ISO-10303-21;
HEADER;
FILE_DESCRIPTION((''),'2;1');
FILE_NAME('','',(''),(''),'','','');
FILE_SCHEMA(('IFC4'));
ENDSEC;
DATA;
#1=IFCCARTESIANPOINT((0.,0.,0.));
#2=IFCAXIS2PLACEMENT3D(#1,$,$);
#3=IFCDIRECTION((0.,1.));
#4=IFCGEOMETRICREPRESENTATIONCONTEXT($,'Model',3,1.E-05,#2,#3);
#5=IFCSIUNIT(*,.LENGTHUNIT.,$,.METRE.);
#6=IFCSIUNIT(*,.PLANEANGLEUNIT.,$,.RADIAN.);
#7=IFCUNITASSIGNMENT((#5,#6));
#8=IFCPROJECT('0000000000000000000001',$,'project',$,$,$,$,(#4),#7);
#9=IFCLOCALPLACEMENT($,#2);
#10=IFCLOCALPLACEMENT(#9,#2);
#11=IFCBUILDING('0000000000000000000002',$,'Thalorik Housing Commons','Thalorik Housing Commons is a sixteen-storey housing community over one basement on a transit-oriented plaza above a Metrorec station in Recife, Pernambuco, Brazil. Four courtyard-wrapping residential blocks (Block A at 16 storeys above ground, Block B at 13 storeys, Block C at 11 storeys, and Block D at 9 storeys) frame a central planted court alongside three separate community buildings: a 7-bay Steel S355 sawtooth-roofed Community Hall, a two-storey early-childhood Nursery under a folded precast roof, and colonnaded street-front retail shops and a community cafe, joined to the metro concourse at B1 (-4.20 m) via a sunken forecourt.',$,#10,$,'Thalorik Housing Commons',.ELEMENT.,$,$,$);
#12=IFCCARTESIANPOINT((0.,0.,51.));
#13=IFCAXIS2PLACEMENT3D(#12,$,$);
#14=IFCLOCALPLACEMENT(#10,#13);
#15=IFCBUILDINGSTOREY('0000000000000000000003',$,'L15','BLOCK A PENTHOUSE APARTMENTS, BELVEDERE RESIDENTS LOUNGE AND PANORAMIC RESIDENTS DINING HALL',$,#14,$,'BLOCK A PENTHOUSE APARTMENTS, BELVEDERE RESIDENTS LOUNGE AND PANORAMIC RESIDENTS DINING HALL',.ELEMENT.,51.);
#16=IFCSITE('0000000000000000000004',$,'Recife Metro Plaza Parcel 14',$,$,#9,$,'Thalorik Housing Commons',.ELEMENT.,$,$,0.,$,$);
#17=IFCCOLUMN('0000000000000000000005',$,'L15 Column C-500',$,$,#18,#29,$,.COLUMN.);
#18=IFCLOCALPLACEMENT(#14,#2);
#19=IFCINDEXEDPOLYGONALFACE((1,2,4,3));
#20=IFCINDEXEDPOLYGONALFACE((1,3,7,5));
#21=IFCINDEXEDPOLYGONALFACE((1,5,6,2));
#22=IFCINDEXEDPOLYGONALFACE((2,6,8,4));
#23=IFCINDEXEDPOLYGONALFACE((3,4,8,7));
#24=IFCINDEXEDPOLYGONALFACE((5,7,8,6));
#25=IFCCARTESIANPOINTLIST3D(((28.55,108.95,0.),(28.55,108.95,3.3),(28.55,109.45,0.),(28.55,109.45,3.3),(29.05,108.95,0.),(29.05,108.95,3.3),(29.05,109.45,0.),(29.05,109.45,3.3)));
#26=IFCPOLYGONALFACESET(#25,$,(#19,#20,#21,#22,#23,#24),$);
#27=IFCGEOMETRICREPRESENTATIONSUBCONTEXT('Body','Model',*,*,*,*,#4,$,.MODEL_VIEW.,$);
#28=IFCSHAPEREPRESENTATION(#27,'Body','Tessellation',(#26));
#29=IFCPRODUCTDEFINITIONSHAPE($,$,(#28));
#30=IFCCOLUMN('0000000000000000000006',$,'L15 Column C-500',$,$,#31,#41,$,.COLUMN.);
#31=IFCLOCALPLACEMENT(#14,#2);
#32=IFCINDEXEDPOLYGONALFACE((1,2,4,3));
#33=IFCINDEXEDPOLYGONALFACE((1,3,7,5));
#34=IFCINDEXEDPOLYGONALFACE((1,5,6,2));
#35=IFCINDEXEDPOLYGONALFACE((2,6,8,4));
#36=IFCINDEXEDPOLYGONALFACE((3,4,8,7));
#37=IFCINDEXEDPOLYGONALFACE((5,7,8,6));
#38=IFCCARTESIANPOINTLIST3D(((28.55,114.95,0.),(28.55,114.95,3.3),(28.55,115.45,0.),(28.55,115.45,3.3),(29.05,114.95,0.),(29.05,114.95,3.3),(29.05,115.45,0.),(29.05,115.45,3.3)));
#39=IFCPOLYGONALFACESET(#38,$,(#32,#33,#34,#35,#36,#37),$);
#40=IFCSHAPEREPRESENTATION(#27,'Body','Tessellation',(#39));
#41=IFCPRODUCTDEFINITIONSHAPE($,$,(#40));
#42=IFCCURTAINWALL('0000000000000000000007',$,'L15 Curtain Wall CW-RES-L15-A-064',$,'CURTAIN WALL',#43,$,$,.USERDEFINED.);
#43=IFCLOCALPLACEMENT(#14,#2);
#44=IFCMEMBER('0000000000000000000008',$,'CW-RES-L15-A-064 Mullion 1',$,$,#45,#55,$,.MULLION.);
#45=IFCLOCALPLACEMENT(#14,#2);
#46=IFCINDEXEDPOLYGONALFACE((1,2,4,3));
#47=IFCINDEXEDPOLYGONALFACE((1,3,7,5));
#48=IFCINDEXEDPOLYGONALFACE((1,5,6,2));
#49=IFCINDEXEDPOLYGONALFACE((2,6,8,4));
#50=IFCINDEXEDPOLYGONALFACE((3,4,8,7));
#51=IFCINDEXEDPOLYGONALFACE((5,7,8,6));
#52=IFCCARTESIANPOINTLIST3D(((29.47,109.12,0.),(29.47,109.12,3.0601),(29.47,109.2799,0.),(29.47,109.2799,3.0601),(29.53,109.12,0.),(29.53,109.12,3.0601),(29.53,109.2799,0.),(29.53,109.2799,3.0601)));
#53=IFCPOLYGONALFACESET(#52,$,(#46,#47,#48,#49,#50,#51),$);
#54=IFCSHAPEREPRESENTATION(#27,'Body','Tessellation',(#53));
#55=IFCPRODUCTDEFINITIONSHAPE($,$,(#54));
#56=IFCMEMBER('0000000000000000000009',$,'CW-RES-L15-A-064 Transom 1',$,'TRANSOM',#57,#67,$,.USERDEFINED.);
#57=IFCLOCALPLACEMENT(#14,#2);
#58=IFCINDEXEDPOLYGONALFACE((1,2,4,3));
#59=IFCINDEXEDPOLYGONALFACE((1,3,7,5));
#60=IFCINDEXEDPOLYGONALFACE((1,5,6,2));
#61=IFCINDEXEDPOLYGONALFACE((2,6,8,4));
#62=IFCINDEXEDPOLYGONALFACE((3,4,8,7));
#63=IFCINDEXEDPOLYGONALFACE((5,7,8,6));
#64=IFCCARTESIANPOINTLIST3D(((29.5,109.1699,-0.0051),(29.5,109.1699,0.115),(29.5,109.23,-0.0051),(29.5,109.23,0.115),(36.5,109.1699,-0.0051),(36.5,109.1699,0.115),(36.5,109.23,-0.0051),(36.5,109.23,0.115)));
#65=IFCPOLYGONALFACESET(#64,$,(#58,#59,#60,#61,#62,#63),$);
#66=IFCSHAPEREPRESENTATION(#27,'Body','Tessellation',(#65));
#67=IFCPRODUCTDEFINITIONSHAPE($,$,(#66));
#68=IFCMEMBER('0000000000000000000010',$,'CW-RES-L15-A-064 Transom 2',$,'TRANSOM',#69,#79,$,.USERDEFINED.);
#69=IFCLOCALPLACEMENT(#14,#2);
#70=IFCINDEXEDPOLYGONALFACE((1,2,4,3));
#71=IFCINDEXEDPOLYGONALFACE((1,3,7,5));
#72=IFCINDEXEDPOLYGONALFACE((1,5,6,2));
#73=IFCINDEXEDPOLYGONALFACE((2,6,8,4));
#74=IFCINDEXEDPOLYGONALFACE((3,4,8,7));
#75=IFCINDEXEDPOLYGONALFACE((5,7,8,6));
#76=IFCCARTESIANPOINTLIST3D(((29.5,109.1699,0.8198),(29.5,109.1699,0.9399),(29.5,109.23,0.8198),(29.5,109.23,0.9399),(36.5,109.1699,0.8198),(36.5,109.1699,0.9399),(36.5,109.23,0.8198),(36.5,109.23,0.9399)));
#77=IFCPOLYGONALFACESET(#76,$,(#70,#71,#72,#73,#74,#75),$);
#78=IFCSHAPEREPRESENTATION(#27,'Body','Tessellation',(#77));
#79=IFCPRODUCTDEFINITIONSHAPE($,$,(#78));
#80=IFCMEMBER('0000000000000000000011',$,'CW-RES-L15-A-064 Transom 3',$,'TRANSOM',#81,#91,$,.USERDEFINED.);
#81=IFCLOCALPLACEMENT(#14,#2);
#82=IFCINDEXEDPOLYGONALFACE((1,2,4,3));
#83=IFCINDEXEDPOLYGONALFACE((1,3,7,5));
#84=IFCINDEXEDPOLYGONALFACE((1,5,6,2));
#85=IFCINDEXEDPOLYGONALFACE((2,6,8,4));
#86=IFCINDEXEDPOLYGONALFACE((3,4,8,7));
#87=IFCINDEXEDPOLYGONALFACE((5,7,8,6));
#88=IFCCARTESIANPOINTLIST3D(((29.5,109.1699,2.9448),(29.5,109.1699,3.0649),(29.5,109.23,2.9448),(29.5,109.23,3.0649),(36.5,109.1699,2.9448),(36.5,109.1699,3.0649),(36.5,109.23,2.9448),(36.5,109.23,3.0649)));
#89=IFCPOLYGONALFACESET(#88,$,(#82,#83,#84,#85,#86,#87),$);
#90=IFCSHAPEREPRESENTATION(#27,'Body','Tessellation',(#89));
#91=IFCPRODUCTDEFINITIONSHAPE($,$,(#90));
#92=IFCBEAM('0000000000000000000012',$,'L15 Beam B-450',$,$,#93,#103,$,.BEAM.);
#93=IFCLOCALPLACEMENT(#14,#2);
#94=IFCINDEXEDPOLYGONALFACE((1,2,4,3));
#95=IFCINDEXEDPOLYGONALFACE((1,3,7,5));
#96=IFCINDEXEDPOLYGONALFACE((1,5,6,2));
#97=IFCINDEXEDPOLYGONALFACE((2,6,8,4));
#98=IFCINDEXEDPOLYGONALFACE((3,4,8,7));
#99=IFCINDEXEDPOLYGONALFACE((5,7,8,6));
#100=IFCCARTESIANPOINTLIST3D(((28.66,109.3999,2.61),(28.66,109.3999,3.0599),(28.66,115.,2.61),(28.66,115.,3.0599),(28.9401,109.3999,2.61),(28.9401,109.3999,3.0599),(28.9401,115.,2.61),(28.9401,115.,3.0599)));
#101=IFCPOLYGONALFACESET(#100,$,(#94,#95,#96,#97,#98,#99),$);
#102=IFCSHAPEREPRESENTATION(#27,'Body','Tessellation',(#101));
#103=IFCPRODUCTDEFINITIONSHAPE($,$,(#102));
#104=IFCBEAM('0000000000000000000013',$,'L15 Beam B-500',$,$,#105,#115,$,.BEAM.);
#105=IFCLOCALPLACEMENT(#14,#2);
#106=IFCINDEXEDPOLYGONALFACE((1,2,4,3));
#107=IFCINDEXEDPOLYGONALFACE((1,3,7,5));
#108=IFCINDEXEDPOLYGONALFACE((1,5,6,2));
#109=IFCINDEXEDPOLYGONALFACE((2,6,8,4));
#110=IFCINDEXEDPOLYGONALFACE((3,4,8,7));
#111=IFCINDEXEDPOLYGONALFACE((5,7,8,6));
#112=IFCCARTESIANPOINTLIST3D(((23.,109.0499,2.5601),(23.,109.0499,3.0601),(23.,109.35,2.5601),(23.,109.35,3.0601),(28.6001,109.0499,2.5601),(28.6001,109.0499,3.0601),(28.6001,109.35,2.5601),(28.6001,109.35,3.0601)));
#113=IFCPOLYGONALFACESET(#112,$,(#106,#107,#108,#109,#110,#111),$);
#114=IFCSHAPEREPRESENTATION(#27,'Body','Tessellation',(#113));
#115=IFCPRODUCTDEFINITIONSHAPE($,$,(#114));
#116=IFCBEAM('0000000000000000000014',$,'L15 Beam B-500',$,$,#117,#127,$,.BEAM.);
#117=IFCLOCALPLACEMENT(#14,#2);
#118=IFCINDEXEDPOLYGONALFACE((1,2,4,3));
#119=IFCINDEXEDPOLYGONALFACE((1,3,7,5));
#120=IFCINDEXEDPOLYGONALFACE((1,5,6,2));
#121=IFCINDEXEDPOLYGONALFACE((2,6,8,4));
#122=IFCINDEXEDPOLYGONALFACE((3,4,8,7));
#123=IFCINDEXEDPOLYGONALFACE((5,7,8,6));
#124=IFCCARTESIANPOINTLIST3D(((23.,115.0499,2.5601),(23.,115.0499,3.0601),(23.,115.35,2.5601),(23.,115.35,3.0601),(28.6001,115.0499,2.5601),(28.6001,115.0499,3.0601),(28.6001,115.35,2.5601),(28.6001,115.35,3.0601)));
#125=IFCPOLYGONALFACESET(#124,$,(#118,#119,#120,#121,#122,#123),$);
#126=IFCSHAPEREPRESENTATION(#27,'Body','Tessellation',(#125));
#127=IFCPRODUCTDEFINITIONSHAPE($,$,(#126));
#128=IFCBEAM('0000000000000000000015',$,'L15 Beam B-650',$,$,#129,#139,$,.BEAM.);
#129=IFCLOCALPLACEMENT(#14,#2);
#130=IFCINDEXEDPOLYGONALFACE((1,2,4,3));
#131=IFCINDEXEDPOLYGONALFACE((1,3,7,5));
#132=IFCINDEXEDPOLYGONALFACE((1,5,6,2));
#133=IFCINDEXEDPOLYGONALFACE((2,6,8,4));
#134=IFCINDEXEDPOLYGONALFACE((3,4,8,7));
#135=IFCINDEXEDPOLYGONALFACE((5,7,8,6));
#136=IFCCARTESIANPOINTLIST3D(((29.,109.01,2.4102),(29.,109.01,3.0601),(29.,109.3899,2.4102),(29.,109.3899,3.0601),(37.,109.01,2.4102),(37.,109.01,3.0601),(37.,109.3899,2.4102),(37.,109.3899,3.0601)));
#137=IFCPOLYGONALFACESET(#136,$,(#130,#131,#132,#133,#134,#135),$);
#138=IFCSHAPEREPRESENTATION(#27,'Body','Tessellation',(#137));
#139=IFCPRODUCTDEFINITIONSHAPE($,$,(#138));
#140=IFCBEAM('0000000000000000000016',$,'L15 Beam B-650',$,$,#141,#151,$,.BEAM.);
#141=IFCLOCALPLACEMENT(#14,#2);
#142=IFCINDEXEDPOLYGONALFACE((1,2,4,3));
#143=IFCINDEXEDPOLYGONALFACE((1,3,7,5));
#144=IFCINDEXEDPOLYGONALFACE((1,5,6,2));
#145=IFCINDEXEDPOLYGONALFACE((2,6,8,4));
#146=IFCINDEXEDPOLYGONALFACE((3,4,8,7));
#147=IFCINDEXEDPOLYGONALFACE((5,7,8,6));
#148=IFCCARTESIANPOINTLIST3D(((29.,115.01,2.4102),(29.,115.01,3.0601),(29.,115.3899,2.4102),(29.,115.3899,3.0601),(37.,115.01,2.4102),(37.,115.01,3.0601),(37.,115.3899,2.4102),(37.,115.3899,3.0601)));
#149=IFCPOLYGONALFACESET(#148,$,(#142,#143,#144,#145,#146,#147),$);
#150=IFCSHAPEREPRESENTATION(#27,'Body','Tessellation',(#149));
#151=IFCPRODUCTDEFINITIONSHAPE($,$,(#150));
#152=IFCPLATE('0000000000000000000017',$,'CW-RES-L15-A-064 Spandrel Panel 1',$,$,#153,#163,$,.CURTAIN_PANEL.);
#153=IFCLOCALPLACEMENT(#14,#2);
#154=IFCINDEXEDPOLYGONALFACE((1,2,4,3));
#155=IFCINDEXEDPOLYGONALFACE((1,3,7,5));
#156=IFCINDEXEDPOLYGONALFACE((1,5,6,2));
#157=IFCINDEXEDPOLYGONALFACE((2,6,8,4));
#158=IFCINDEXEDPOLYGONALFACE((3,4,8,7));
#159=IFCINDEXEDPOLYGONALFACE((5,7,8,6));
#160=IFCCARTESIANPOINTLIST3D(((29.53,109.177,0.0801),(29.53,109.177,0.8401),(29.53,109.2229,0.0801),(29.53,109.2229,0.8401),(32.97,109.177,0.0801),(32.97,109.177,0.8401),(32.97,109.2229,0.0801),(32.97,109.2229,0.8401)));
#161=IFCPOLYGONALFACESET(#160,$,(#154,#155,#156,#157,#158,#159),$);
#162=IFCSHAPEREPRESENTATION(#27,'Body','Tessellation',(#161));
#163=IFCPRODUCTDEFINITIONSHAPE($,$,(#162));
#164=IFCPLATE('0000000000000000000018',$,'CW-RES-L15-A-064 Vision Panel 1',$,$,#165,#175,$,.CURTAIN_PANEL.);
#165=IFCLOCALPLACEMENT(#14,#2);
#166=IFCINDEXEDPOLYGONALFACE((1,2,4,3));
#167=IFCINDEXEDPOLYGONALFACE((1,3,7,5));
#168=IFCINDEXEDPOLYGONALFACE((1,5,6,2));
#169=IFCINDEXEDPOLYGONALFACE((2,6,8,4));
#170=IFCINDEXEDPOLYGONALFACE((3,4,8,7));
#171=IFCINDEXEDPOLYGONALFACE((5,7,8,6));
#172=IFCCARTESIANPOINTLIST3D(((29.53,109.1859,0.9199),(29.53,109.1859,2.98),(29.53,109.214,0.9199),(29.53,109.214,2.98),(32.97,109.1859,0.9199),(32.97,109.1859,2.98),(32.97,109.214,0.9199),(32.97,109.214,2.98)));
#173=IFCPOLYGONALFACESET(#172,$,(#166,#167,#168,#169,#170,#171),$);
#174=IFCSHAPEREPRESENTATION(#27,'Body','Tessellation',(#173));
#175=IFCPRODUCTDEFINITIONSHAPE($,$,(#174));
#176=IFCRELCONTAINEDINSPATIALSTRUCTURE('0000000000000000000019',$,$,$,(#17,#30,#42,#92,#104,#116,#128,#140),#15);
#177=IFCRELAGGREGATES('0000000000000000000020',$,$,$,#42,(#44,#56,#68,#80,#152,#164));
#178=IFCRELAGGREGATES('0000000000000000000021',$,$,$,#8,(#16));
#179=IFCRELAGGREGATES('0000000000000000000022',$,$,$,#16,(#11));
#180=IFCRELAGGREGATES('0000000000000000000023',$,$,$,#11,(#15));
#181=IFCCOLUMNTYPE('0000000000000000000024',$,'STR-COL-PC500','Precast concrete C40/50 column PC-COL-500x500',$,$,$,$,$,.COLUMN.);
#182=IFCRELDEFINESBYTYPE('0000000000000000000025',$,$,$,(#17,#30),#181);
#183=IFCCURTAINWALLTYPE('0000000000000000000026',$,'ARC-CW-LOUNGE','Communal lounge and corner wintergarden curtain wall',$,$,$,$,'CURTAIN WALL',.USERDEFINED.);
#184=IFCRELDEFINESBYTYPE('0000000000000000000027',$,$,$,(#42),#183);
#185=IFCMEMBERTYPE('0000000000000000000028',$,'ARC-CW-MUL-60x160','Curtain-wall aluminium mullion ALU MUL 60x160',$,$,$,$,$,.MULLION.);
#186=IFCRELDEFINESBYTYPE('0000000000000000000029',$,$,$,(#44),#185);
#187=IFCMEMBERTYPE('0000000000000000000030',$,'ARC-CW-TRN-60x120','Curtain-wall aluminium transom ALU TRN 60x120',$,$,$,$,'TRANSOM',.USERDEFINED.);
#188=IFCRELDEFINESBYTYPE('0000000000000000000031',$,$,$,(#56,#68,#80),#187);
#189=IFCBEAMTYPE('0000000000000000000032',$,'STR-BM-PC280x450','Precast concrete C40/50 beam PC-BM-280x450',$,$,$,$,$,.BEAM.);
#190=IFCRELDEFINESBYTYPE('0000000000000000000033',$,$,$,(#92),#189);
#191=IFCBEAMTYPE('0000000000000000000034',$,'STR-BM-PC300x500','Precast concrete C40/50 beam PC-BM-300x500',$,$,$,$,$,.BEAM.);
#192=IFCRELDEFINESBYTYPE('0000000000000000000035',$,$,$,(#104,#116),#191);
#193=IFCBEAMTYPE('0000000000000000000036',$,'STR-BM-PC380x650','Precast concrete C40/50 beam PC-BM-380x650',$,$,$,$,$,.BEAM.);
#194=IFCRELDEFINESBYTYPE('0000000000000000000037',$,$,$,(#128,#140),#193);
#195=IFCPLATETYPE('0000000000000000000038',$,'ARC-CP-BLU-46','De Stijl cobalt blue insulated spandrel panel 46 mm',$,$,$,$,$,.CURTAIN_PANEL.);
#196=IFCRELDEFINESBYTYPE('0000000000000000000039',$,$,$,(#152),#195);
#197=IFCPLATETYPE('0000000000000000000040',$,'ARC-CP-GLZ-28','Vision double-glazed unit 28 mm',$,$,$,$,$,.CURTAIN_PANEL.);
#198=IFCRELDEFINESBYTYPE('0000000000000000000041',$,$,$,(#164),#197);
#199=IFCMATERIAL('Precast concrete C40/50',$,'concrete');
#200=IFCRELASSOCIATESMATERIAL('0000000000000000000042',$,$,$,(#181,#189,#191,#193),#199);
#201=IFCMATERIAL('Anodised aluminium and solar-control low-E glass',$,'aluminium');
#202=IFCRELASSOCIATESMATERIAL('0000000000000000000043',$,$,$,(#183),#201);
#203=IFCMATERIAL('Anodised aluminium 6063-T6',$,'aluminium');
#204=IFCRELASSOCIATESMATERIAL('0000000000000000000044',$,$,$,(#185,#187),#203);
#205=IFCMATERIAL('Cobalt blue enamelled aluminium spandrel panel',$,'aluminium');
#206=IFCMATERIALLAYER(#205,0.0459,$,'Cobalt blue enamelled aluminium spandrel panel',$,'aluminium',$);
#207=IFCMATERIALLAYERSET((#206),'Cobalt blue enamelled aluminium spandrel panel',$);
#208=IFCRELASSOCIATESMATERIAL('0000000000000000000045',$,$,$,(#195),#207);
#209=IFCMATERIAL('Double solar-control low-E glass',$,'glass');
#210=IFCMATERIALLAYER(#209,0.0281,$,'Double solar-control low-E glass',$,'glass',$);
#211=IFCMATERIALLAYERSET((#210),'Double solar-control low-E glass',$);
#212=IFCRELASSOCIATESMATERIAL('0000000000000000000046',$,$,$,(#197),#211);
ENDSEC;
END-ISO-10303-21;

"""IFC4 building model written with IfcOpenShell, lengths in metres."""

from ifc_helpers import new_model, si_unit, direction, frame, origin, origin_2d, place, context, subcontext, project, spatial, rectangle, extrude, material, layer, layer_set, material_profile, profile_set, type_object, element, aggregate, save


model = new_model("IFC4")

# Units and contexts
model_context = context("Model", 3, precision=1e-05, world=origin(), true_north=direction((0.0, 1.0)))
body_context = subcontext(model_context, "Body", "Model", "MODEL_VIEW")
ifc_project = project(units=[si_unit("LENGTHUNIT", "METRE"), si_unit("PLANEANGLEUNIT", "RADIAN")], contexts=[model_context])

# Site, building, storey
site_placement = place(None, origin())
site = spatial("IfcSite", under=ifc_project, at=site_placement, Name="Recife Metro Plaza Parcel 14", LongName="Thalorik Housing Commons", CompositionType="ELEMENT", RefElevation=0.0)
building_placement = place(site_placement, origin())
building = spatial("IfcBuilding", under=site, at=building_placement, Name="Thalorik Housing Commons", Description="Thalorik Housing Commons is a sixteen-storey housing community over one basement on a transit-oriented plaza above a Metrorec station in Recife, Pernambuco, Brazil. Four courtyard-wrapping residential blocks (Block A at 16 storeys above ground, Block B at 13 storeys, Block C at 11 storeys, and Block D at 9 storeys) frame a central planted court alongside three separate community buildings: a 7-bay Steel S355 sawtooth-roofed Community Hall, a two-storey early-childhood Nursery under a folded precast roof, and colonnaded street-front retail shops and a community cafe, joined to the metro concourse at B1 (-4.20 m) via a sunken forecourt.", LongName="Thalorik Housing Commons", CompositionType="ELEMENT")
storey_placement = place(building_placement, frame((0.0, 0.0, 51.0)))
storey = spatial("IfcBuildingStorey", under=building, at=storey_placement, Name="L15", Description="BLOCK A PENTHOUSE APARTMENTS, BELVEDERE RESIDENTS LOUNGE AND PANORAMIC RESIDENTS DINING HALL", LongName="BLOCK A PENTHOUSE APARTMENTS, BELVEDERE RESIDENTS LOUNGE AND PANORAMIC RESIDENTS DINING HALL", CompositionType="ELEMENT", Elevation=51.0)

# Columns
ifc_material_1 = material(Name="Precast concrete C40/50", Category="concrete")
ifc_material_profile_1 = material_profile(ifc_material_1, rectangle(XDim=0.5, YDim=0.5, at=origin_2d()), Name="PC 500x500", Category="concrete")
ifc_profile_set_1 = profile_set([ifc_material_profile_1], Name="Precast concrete C40/50")
column_type = type_object("IfcColumnType", Name="STR-COL-PC500", Description="Precast concrete C40/50 column PC-COL-500x500", PredefinedType="COLUMN", material=ifc_profile_set_1)
for number, where, z_axis, x_axis, name in (
    (1, (28.8, 109.2, 0.0), (0.0, 0.0, 1.0), (1.0, 0.0, 0.0), "L15 Column C-500"),
    (2, (28.8, 115.2, 0.0), (0.0, 0.0, 1.0), (1.0, 0.0, 0.0), "L15 Column C-500"),
):
    element("IfcColumn", number, at=place(storey_placement, frame(where, z_axis=z_axis, x_axis=x_axis)), inside=storey, type_object=column_type, Name=name, PredefinedType="COLUMN", context=body_context, shape_type="SweptSolid", body=[
        extrude(rectangle(XDim=0.5, YDim=0.5, at=origin_2d()), origin(), (0.0, 0.0, 1.0), 3.3),
    ])

# Curtain wall, members
ifc_material_2 = material(Name="Anodised aluminium and solar-control low-E glass", Category="aluminium")
curtain_wall_type = type_object("IfcCurtainWallType", Name="ARC-CW-LOUNGE", Description="Communal lounge and corner wintergarden curtain wall", ElementType="CURTAIN WALL", PredefinedType="USERDEFINED", material=ifc_material_2)
curtain_wall_placement = place(storey_placement, origin())
curtain_wall = element("IfcCurtainWall", 3, at=curtain_wall_placement, inside=storey, type_object=curtain_wall_type, Name="L15 Curtain Wall CW-RES-L15-A-064", ObjectType="CURTAIN WALL", PredefinedType="USERDEFINED")
ifc_material_3 = material(Name="Anodised aluminium 6063-T6", Category="aluminium")
ifc_material_profile_2 = material_profile(ifc_material_3, rectangle(XDim=0.0601, YDim=0.1599, at=origin_2d()), Name="ALU MUL 60x160", Category="aluminium")
ifc_profile_set_2 = profile_set([ifc_material_profile_2], Name="Anodised aluminium 6063-T6")
member_type_1 = type_object("IfcMemberType", Name="ARC-CW-MUL-60x160", Description="Curtain-wall aluminium mullion ALU MUL 60x160", PredefinedType="MULLION", material=ifc_profile_set_2)
member_1_placement = place(storey_placement, frame((29.5, 109.2, 0.0), z_axis=(0.0, 0.0, 1.0), x_axis=(1.0, 0.0, 0.0)))
member_1 = element("IfcMember", 4, at=member_1_placement, type_object=member_type_1, Name="CW-RES-L15-A-064 Mullion 1", PredefinedType="MULLION", context=body_context, shape_type="SweptSolid", body=[
    extrude(rectangle(XDim=0.0601, YDim=0.1599, at=origin_2d()), origin(), (0.0, 0.0, 1.0), 3.0601),
])
ifc_material_profile_3 = material_profile(ifc_material_3, rectangle(XDim=0.0601, YDim=0.1201, at=origin_2d()), Name="ALU TRN 60x120", Category="aluminium")
ifc_profile_set_3 = profile_set([ifc_material_profile_3], Name="Anodised aluminium 6063-T6")
member_type_2 = type_object("IfcMemberType", Name="ARC-CW-TRN-60x120", Description="Curtain-wall aluminium transom ALU TRN 60x120", ElementType="TRANSOM", PredefinedType="USERDEFINED", material=ifc_profile_set_3)
member_2_placement = place(storey_placement, frame((29.5, 109.2, 0.0549), z_axis=(1.0, 0.0, 0.0), x_axis=(0.0, 1.0, 0.0)))
member_2 = element("IfcMember", 5, at=member_2_placement, type_object=member_type_2, Name="CW-RES-L15-A-064 Transom 1", ObjectType="TRANSOM", PredefinedType="USERDEFINED", context=body_context, shape_type="SweptSolid", body=[
    extrude(rectangle(XDim=0.0601, YDim=0.1201, at=origin_2d()), origin(), (0.0, 0.0, 1.0), 7.0),
])
member_3_placement = place(storey_placement, frame((29.5, 109.2, 0.8799), z_axis=(1.0, 0.0, 0.0), x_axis=(0.0, 1.0, 0.0)))
member_3 = element("IfcMember", 6, at=member_3_placement, type_object=member_type_2, Name="CW-RES-L15-A-064 Transom 2", ObjectType="TRANSOM", PredefinedType="USERDEFINED", context=body_context, shape_type="SweptSolid", body=[
    extrude(rectangle(XDim=0.0601, YDim=0.1201, at=origin_2d()), origin(), (0.0, 0.0, 1.0), 7.0),
])
member_4_placement = place(storey_placement, frame((29.5, 109.2, 3.0049), z_axis=(1.0, 0.0, 0.0), x_axis=(0.0, 1.0, 0.0)))
member_4 = element("IfcMember", 7, at=member_4_placement, type_object=member_type_2, Name="CW-RES-L15-A-064 Transom 3", ObjectType="TRANSOM", PredefinedType="USERDEFINED", context=body_context, shape_type="SweptSolid", body=[
    extrude(rectangle(XDim=0.0601, YDim=0.1201, at=origin_2d()), origin(), (0.0, 0.0, 1.0), 7.0),
])

# Beams
ifc_material_profile_4 = material_profile(ifc_material_1, rectangle(XDim=0.28, YDim=0.45, at=origin_2d()), Name="PC 280x450", Category="concrete")
ifc_profile_set_4 = profile_set([ifc_material_profile_4], Name="Precast concrete C40/50")
beam_type_1 = type_object("IfcBeamType", Name="STR-BM-PC280x450", Description="Precast concrete C40/50 beam PC-BM-280x450", PredefinedType="BEAM", material=ifc_profile_set_4)
beam_placement = place(storey_placement, frame((28.8, 109.3999, 2.835), z_axis=(0.0, 1.0, 0.0), x_axis=(-1.0, 0.0, 0.0)))
element("IfcBeam", 8, at=beam_placement, inside=storey, type_object=beam_type_1, Name="L15 Beam B-450", PredefinedType="BEAM", context=body_context, shape_type="SweptSolid", body=[
    extrude(rectangle(XDim=0.28, YDim=0.45, at=origin_2d()), origin(), (0.0, 0.0, 1.0), 5.6001),
])
ifc_material_profile_5 = material_profile(ifc_material_1, rectangle(XDim=0.3, YDim=0.5, at=origin_2d()), Name="PC 300x500", Category="concrete")
ifc_profile_set_5 = profile_set([ifc_material_profile_5], Name="Precast concrete C40/50")
beam_type_2 = type_object("IfcBeamType", Name="STR-BM-PC300x500", Description="Precast concrete C40/50 beam PC-BM-300x500", PredefinedType="BEAM", material=ifc_profile_set_5)
for number, where, z_axis, x_axis, name in (
    (9, (23.0, 109.2, 2.8101), (1.0, 0.0, 0.0), (0.0, 1.0, 0.0), "L15 Beam B-500"),
    (10, (23.0, 115.2, 2.8101), (1.0, 0.0, 0.0), (0.0, 1.0, 0.0), "L15 Beam B-500"),
):
    element("IfcBeam", number, at=place(storey_placement, frame(where, z_axis=z_axis, x_axis=x_axis)), inside=storey, type_object=beam_type_2, Name=name, PredefinedType="BEAM", context=body_context, shape_type="SweptSolid", body=[
        extrude(rectangle(XDim=0.3, YDim=0.5, at=origin_2d()), origin(), (0.0, 0.0, 1.0), 5.6001),
    ])
ifc_material_profile_6 = material_profile(ifc_material_1, rectangle(XDim=0.3799, YDim=0.6499, at=origin_2d()), Name="PC 380x650", Category="concrete")
ifc_profile_set_6 = profile_set([ifc_material_profile_6], Name="Precast concrete C40/50")
beam_type_3 = type_object("IfcBeamType", Name="STR-BM-PC380x650", Description="Precast concrete C40/50 beam PC-BM-380x650", PredefinedType="BEAM", material=ifc_profile_set_6)
for number, where, z_axis, x_axis, name in (
    (11, (29.0, 109.2, 2.7351), (1.0, 0.0, 0.0), (0.0, 1.0, 0.0), "L15 Beam B-650"),
    (12, (29.0, 115.2, 2.7351), (1.0, 0.0, 0.0), (0.0, 1.0, 0.0), "L15 Beam B-650"),
):
    element("IfcBeam", number, at=place(storey_placement, frame(where, z_axis=z_axis, x_axis=x_axis)), inside=storey, type_object=beam_type_3, Name=name, PredefinedType="BEAM", context=body_context, shape_type="SweptSolid", body=[
        extrude(rectangle(XDim=0.3799, YDim=0.6499, at=origin_2d()), origin(), (0.0, 0.0, 1.0), 8.0),
    ])

# Plates
ifc_material_4 = material(Name="Cobalt blue enamelled aluminium spandrel panel", Category="aluminium")
ifc_layer_1 = layer(ifc_material_4, 0.0459, Name="Cobalt blue enamelled aluminium spandrel panel", Category="aluminium")
ifc_layer_set_1 = layer_set([ifc_layer_1], Name="Cobalt blue enamelled aluminium spandrel panel")
plate_type_1 = type_object("IfcPlateType", Name="ARC-CP-BLU-46", Description="De Stijl cobalt blue insulated spandrel panel 46 mm", PredefinedType="CURTAIN_PANEL", material=ifc_layer_set_1)
plate_1_placement = place(storey_placement, frame((31.25, 109.2, 0.0801), z_axis=(0.0, 0.0, 1.0), x_axis=(1.0, 0.0, 0.0)))
plate_1 = element("IfcPlate", 13, at=plate_1_placement, type_object=plate_type_1, Name="CW-RES-L15-A-064 Spandrel Panel 1", PredefinedType="CURTAIN_PANEL", context=body_context, shape_type="SweptSolid", body=[
    extrude(rectangle(XDim=3.4399, YDim=0.0459, at=origin_2d()), origin(), (0.0, 0.0, 1.0), 0.76),
])
ifc_material_5 = material(Name="Double solar-control low-E glass", Category="glass")
ifc_layer_2 = layer(ifc_material_5, 0.0281, Name="Double solar-control low-E glass", Category="glass")
ifc_layer_set_2 = layer_set([ifc_layer_2], Name="Double solar-control low-E glass")
plate_type_2 = type_object("IfcPlateType", Name="ARC-CP-GLZ-28", Description="Vision double-glazed unit 28 mm", PredefinedType="CURTAIN_PANEL", material=ifc_layer_set_2)
plate_2_placement = place(storey_placement, frame((31.25, 109.2, 0.9199), z_axis=(0.0, 0.0, 1.0), x_axis=(1.0, 0.0, 0.0)))
plate_2 = element("IfcPlate", 14, at=plate_2_placement, type_object=plate_type_2, Name="CW-RES-L15-A-064 Vision Panel 1", PredefinedType="CURTAIN_PANEL", context=body_context, shape_type="SweptSolid", body=[
    extrude(rectangle(XDim=3.4399, YDim=0.0281, at=origin_2d()), origin(), (0.0, 0.0, 1.0), 2.0601),
])
aggregate(curtain_wall, [member_1, member_2, member_3, member_4, plate_1, plate_2])

save(model, "model.ifc")
